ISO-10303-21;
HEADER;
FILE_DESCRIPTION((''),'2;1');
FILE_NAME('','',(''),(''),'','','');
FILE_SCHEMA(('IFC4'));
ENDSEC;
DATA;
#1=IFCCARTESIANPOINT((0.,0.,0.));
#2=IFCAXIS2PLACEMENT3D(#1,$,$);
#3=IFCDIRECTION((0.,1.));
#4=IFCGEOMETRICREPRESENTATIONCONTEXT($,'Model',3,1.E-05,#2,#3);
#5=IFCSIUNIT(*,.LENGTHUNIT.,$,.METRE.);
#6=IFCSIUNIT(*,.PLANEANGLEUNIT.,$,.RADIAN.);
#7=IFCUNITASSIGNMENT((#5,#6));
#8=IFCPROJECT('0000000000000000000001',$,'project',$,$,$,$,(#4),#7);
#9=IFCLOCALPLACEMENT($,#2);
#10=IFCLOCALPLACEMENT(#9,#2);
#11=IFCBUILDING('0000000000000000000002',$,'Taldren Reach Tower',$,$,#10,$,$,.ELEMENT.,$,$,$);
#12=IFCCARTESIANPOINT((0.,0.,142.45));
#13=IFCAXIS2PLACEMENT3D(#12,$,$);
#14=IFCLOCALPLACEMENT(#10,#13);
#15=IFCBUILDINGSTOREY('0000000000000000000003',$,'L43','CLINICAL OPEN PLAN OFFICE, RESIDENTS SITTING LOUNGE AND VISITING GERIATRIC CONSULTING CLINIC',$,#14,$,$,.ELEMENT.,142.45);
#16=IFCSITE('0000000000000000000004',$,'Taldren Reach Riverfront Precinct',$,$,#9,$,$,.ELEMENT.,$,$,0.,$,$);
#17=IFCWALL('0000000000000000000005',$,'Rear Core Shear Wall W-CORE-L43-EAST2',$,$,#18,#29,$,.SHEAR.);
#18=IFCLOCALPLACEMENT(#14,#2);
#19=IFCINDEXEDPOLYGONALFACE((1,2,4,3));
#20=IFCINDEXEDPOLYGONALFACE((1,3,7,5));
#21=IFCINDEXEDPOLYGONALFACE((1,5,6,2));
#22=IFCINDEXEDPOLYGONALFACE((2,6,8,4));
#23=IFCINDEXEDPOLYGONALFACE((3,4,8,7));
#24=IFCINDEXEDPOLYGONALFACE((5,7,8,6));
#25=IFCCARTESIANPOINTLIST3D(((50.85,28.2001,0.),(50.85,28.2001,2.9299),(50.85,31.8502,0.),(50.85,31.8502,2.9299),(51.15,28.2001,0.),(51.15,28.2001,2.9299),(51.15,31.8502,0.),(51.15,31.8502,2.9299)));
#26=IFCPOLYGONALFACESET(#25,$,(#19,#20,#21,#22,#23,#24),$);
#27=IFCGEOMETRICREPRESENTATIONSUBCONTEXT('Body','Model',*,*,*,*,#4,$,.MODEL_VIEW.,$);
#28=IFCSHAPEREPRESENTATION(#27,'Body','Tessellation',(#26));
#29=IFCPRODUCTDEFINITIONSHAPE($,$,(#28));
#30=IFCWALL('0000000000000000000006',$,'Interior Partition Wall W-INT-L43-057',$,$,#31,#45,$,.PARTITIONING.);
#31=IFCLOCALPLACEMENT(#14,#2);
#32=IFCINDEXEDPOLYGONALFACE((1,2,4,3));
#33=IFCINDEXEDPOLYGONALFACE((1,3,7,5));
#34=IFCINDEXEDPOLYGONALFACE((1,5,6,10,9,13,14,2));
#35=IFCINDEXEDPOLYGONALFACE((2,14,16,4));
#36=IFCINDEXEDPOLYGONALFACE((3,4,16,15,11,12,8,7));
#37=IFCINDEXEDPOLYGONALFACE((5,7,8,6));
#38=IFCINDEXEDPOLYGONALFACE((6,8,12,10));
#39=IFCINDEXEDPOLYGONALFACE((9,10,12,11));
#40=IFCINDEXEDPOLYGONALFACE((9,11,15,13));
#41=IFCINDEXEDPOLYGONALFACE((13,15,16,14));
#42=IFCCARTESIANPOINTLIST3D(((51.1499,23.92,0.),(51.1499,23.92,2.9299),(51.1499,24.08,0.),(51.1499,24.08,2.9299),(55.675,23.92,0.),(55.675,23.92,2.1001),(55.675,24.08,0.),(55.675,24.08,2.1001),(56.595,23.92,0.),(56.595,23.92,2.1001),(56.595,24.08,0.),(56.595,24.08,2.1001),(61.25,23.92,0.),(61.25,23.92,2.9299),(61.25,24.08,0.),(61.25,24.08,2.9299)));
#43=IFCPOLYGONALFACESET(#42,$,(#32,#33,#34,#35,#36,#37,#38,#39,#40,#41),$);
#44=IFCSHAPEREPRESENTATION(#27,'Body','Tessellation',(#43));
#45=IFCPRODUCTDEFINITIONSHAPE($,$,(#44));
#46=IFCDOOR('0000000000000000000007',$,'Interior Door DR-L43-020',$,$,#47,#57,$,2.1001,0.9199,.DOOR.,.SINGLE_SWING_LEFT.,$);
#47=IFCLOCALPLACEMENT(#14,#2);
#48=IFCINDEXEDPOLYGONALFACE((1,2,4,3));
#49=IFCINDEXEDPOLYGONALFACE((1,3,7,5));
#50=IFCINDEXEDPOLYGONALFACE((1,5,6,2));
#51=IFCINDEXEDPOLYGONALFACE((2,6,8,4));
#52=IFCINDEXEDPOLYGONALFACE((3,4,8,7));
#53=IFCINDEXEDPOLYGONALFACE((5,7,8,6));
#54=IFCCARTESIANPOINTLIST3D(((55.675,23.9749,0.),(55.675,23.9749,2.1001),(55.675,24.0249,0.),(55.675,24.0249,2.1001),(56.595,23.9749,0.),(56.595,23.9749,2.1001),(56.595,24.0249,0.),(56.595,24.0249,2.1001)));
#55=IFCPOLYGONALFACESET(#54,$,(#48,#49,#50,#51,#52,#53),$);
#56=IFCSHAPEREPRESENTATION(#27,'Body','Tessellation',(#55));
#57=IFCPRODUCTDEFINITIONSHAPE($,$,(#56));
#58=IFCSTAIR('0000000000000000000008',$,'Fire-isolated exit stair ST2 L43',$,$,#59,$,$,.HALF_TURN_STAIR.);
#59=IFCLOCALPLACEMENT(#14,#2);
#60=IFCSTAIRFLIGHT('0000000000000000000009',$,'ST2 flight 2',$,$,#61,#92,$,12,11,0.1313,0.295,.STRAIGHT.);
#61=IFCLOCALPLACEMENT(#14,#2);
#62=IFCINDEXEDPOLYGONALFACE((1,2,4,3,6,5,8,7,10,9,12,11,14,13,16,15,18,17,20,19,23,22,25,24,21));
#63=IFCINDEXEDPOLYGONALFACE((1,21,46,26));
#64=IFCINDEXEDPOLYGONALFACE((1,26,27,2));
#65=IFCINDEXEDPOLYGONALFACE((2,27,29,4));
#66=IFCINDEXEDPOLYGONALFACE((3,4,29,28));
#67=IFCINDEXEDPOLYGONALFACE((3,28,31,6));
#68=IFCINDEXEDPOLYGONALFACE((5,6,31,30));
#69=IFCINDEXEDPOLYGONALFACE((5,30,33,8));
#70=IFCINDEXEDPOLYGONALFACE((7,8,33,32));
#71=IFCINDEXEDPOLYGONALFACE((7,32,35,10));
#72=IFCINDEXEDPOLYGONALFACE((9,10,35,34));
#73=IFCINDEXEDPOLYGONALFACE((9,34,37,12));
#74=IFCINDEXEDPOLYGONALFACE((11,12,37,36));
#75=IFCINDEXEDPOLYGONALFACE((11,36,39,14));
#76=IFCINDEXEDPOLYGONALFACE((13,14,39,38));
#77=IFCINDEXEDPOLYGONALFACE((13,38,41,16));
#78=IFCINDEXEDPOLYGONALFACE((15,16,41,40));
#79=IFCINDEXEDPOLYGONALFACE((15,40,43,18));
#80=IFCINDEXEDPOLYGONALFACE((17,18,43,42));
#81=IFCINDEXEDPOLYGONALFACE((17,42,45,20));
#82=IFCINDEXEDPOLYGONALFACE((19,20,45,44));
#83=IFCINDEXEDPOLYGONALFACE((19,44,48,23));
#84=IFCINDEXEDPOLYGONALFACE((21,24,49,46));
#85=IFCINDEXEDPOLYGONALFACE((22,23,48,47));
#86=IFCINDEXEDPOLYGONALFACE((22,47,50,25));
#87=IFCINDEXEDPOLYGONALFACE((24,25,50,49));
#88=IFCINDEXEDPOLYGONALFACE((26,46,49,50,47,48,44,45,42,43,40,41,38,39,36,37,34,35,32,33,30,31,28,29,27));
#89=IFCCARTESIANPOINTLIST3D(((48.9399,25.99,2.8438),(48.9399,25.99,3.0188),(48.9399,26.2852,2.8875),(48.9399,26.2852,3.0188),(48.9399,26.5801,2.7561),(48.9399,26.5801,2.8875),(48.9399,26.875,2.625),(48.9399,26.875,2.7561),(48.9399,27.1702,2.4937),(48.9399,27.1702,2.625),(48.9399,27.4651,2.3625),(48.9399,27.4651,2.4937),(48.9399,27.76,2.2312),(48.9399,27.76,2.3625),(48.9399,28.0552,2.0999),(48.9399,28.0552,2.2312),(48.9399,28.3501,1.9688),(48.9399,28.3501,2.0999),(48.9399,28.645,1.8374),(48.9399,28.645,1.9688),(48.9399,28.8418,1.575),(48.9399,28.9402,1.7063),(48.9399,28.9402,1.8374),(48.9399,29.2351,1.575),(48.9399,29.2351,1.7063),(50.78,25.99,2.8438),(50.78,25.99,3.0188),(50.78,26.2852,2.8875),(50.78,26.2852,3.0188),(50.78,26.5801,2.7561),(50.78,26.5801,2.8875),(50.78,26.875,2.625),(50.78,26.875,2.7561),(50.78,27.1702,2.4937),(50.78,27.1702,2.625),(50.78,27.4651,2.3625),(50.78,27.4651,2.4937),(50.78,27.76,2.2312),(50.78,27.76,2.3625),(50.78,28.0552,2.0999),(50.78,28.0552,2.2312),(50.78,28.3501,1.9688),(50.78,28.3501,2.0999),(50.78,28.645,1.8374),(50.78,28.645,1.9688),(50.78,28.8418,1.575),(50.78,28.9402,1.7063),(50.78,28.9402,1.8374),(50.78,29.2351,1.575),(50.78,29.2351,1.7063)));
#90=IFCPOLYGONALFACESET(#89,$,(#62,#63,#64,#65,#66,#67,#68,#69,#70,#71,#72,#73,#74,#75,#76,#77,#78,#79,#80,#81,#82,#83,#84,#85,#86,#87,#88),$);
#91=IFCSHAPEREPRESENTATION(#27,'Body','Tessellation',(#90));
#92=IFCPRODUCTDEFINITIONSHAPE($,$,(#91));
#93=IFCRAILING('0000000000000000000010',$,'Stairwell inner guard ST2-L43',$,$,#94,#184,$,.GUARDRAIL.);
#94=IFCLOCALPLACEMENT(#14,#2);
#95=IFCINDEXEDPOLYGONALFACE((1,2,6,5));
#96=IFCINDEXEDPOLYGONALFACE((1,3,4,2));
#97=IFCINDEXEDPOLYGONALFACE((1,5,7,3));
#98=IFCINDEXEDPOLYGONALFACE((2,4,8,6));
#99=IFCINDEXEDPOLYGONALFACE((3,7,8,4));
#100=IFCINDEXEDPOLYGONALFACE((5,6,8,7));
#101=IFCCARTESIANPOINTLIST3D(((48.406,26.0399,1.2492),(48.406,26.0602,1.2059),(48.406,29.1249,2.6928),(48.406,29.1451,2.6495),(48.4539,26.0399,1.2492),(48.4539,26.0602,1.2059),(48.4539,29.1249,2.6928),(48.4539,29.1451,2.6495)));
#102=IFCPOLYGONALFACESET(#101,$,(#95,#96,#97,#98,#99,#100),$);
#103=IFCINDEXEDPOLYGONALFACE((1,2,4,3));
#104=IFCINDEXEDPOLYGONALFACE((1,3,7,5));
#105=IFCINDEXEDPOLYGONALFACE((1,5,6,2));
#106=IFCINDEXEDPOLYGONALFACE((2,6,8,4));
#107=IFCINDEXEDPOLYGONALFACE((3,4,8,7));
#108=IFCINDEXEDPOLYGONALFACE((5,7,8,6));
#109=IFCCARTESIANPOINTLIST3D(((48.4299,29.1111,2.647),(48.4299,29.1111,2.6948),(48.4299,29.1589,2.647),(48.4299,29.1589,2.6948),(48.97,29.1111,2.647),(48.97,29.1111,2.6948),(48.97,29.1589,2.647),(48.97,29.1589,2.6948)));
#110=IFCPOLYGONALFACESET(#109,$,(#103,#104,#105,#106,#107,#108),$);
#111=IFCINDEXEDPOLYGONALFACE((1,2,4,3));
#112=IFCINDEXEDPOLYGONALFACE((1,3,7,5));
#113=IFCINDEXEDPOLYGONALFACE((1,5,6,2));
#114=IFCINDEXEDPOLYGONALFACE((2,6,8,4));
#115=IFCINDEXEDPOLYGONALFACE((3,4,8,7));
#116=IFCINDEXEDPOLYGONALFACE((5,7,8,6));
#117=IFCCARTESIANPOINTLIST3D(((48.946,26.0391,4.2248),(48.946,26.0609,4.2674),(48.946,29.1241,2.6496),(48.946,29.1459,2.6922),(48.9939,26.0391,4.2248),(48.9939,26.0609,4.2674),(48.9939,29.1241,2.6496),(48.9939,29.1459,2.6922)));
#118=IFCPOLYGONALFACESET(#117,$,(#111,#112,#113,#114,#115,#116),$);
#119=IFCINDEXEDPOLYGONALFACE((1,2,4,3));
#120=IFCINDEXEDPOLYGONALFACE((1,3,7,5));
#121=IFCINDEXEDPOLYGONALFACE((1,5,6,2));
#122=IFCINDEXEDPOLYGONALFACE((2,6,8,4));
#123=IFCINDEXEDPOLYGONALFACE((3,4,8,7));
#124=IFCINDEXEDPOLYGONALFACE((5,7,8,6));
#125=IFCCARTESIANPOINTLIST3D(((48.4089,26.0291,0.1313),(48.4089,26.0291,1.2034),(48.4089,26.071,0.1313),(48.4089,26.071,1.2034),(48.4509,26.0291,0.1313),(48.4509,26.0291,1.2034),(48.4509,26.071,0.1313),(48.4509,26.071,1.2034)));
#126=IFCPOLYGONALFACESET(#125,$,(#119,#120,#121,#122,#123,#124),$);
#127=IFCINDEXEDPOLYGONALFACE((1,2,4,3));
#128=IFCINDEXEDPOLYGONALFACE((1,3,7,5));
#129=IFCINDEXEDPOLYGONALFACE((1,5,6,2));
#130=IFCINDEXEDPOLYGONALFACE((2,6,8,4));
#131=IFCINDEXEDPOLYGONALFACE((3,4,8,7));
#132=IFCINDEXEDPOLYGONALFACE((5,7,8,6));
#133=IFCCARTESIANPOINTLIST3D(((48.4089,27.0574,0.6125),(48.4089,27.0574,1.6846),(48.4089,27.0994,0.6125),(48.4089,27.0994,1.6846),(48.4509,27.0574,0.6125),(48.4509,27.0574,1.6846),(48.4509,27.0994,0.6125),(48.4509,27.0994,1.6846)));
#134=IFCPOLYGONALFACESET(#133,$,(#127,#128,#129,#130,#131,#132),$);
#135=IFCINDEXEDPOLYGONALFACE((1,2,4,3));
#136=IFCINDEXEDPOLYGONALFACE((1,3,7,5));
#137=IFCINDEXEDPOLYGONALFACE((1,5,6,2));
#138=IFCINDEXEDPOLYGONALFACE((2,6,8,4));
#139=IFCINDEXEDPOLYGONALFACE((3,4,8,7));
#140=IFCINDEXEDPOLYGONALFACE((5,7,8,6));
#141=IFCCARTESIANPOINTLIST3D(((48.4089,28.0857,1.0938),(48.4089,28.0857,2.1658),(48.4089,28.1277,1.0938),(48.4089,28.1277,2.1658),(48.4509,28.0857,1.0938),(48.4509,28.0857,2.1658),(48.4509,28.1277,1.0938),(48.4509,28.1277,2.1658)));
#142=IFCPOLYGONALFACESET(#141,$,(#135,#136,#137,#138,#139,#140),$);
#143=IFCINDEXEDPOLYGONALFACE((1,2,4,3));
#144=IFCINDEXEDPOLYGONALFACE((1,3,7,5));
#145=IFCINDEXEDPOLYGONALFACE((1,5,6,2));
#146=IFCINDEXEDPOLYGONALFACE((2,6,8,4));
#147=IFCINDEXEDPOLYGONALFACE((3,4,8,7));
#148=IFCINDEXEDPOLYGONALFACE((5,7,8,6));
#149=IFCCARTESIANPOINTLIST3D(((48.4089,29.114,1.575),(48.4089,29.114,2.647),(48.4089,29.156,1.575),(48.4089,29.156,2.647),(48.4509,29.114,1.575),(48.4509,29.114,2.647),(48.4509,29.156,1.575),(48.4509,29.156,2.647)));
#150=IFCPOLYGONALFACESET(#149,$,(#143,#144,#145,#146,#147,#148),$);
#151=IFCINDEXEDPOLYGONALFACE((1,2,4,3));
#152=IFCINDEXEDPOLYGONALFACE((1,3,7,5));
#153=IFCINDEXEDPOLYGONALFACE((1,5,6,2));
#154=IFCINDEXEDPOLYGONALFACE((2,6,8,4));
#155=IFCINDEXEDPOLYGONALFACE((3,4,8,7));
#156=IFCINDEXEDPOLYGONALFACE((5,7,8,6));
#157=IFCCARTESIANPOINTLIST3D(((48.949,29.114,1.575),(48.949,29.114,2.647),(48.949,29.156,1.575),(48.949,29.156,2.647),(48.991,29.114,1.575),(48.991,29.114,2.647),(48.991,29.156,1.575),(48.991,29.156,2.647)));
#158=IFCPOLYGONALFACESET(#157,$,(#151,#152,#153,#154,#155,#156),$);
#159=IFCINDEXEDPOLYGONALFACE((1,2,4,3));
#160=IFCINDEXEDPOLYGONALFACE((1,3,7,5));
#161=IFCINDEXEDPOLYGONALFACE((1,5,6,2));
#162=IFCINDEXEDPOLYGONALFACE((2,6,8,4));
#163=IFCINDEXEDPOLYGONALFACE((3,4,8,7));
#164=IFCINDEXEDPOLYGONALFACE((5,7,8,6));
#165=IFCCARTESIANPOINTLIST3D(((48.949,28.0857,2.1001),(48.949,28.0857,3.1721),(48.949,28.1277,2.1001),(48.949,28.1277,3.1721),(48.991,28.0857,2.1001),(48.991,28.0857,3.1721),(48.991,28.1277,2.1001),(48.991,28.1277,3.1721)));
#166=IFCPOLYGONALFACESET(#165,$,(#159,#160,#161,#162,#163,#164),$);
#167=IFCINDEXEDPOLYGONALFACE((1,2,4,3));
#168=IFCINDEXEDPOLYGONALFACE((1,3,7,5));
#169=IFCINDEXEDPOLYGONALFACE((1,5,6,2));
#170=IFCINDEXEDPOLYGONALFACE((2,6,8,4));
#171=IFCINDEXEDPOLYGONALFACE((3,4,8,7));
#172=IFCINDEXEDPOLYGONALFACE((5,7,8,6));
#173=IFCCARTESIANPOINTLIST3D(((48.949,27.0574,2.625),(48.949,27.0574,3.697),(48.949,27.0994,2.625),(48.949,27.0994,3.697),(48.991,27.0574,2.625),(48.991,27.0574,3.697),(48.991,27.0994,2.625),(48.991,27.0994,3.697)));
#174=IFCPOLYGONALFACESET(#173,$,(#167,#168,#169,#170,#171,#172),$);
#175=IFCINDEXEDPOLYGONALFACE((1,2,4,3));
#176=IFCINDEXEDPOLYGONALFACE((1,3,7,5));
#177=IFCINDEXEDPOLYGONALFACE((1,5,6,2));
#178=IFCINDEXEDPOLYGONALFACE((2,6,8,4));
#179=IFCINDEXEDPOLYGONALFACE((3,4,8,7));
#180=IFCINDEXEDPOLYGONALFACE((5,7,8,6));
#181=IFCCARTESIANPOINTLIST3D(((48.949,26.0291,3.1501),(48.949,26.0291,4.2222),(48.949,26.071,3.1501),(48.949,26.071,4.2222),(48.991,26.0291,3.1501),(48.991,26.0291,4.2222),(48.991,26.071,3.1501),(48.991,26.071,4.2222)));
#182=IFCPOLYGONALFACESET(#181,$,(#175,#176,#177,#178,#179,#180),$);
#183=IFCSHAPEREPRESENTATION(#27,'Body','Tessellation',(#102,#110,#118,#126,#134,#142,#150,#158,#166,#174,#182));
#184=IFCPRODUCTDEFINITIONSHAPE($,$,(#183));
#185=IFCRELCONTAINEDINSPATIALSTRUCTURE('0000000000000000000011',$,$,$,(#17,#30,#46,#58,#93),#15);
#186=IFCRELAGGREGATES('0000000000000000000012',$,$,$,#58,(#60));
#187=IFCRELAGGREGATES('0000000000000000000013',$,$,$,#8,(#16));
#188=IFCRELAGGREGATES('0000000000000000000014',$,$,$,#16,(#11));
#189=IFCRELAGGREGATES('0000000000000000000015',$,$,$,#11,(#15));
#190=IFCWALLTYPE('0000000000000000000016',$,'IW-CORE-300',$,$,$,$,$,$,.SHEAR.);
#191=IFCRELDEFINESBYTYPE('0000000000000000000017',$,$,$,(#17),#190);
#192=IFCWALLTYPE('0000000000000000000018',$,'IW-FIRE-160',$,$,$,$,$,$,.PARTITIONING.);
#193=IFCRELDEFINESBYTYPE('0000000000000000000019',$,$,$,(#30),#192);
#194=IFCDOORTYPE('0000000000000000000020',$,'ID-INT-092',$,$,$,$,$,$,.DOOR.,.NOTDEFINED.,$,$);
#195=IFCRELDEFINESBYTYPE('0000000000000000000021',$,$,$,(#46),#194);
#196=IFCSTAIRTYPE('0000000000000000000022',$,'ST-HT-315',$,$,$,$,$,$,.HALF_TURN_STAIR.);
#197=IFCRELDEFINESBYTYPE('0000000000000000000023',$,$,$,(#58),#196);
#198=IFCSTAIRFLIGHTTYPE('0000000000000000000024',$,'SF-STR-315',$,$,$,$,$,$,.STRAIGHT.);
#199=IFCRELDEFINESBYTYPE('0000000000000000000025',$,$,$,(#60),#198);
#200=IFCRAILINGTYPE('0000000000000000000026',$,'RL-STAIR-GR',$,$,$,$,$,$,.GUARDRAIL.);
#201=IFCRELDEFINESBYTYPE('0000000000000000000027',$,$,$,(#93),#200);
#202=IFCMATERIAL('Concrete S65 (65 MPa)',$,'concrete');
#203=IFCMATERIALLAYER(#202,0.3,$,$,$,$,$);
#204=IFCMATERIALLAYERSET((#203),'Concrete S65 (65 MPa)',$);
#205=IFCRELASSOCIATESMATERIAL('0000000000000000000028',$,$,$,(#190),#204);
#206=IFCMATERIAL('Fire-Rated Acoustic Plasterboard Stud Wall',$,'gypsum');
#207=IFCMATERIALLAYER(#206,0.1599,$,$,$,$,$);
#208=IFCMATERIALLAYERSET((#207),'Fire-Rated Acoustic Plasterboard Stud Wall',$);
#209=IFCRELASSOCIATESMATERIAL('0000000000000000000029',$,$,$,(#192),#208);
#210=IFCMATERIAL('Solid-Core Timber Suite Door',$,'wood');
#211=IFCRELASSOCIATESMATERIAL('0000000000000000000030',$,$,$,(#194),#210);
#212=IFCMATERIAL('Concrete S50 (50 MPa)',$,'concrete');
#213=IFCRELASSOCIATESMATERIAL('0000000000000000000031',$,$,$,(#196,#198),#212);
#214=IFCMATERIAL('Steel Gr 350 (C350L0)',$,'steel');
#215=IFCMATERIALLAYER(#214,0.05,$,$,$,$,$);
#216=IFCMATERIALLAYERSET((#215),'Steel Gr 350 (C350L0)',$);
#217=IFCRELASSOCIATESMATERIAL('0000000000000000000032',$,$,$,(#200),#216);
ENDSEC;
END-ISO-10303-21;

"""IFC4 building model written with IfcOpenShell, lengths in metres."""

from ifc_helpers import new_model, si_unit, direction, frame, frame_2d, origin, origin_2d, place, context, subcontext, project, spatial, polyline, rectangle, outline, extrude, source, transform, mapped, material, layer, layer_set, type_object, element, fill, aggregate, save


model = new_model("IFC4")

# Units and contexts
model_context = context("Model", 3, precision=1e-05, world=origin(), true_north=direction((0.0, 1.0)))
body_context = subcontext(model_context, "Body", "Model", "MODEL_VIEW")
ifc_project = project(units=[si_unit("LENGTHUNIT", "METRE"), si_unit("PLANEANGLEUNIT", "RADIAN")], contexts=[model_context])

# Site, building, storey
site_placement = place(None, origin())
site = spatial("IfcSite", under=ifc_project, at=site_placement, Name="Taldren Reach Riverfront Precinct", CompositionType="ELEMENT", RefElevation=0.0)
building_placement = place(site_placement, origin())
building = spatial("IfcBuilding", under=site, at=building_placement, Name="Taldren Reach Tower", CompositionType="ELEMENT")
storey_placement = place(building_placement, frame((0.0, 0.0, 142.45)))
storey = spatial("IfcBuildingStorey", under=building, at=storey_placement, Name="L43", Description="CLINICAL OPEN PLAN OFFICE, RESIDENTS SITTING LOUNGE AND VISITING GERIATRIC CONSULTING CLINIC", CompositionType="ELEMENT", Elevation=142.45)

# Shared definitions
ifc_material_1 = material(Name="Steel Gr 350 (C350L0)", Category="steel")

# Wall
ifc_material_2 = material(Name="Concrete S65 (65 MPa)", Category="concrete")
ifc_layer_1 = layer(ifc_material_2, 0.3)
ifc_layer_set_1 = layer_set([ifc_layer_1], Name="Concrete S65 (65 MPa)")
wall_type_1 = type_object("IfcWallType", Name="IW-CORE-300", PredefinedType="SHEAR", material=ifc_layer_set_1)
shared_shape_1 = source(origin(), body_context, "Body", "SweptSolid", [
    extrude(rectangle(XDim=3.6501, YDim=0.3, at=frame_2d((1.8252, 0.0))), origin(), (0.0, 0.0, 1.0), 2.9299),
])
wall_1_placement = place(storey_placement, frame((51.0, 28.2, 0.0), z_axis=(0.0, 0.0, 1.0), x_axis=(0.0, 1.0, 0.0)))
element("IfcWall", 1, at=wall_1_placement, inside=storey, type_object=wall_type_1, Name="Rear Core Shear Wall W-CORE-L43-EAST2", PredefinedType="SHEAR", context=body_context, shape_type="MappedRepresentation", body=[
    mapped(shared_shape_1, transform((0.0, 0.0, 0.0), scale=1.0)),
])

# Wall, opening, door
ifc_material_3 = material(Name="Fire-Rated Acoustic Plasterboard Stud Wall", Category="gypsum")
ifc_layer_2 = layer(ifc_material_3, 0.1599)
ifc_layer_set_2 = layer_set([ifc_layer_2], Name="Fire-Rated Acoustic Plasterboard Stud Wall")
wall_type_2 = type_object("IfcWallType", Name="IW-FIRE-160", PredefinedType="PARTITIONING", material=ifc_layer_set_2)
shared_shape_2 = source(origin(), body_context, "Body", "SweptSolid", [
    extrude(rectangle(XDim=10.1001, YDim=0.1599, at=frame_2d((5.05, 0.0))), origin(), (0.0, 0.0, 1.0), 2.9299),
])
wall_2_placement = place(storey_placement, frame((51.1499, 24.0, 0.0), z_axis=(0.0, 0.0, 1.0), x_axis=(1.0, 0.0, 0.0)))
wall_2 = element("IfcWall", 2, at=wall_2_placement, inside=storey, type_object=wall_type_2, Name="Interior Partition Wall W-INT-L43-057", PredefinedType="PARTITIONING", context=body_context, shape_type="MappedRepresentation", body=[
    mapped(shared_shape_2, transform((0.0, 0.0, 0.0), scale=1.0)),
])
shared_shape_3 = source(origin(), body_context, "Body", "SweptSolid", [
    extrude(rectangle(XDim=0.9199, YDim=2.1001, at=frame_2d((0.46, 1.05))), frame((0.0, 0.0898, 0.0), z_axis=(0.0, -1.0, 0.0), x_axis=(1.0, 0.0, 0.0)), (0.0, 0.0, 1.0), 0.1799),
])
opening_placement = place(wall_2_placement, frame((4.5251, 0.0, 0.0)))
opening = element("IfcOpeningElement", 3, at=opening_placement, cuts=wall_2, PredefinedType="OPENING", context=body_context, shape_type="MappedRepresentation", body=[
    mapped(shared_shape_3, transform((0.0, 0.0, 0.0), scale=1.0)),
])
ifc_material_4 = material(Name="Solid-Core Timber Suite Door", Category="wood")
door_type = type_object("IfcDoorType", Name="ID-INT-092", OperationType="NOTDEFINED", PredefinedType="DOOR", material=ifc_material_4)
shared_shape_4 = source(origin(), body_context, "Body", "SweptSolid", [
    extrude(rectangle(XDim=0.9199, YDim=2.1001, at=frame_2d((0.46, 1.05))), frame((0.0, 0.0249, 0.0), z_axis=(0.0, -1.0, 0.0), x_axis=(1.0, 0.0, 0.0)), (0.0, 0.0, 1.0), 0.05),
])
door_placement = place(opening_placement, origin())
door = element("IfcDoor", 4, at=door_placement, inside=storey, type_object=door_type, Name="Interior Door DR-L43-020", OperationType="SINGLE_SWING_LEFT", OverallHeight=2.1001, OverallWidth=0.9199, PredefinedType="DOOR", context=body_context, shape_type="MappedRepresentation", body=[
    mapped(shared_shape_4, transform((0.0, 0.0, 0.0), scale=1.0)),
])
fill(opening, door)

# Stair, stair flight
ifc_material_5 = material(Name="Concrete S50 (50 MPa)", Category="concrete")
stair_type = type_object("IfcStairType", Name="ST-HT-315", PredefinedType="HALF_TURN_STAIR", material=ifc_material_5)
stair_placement = place(storey_placement, origin())
stair = element("IfcStair", 5, at=stair_placement, inside=storey, type_object=stair_type, Name="Fire-isolated exit stair ST2 L43", PredefinedType="HALF_TURN_STAIR")
stair_flight_type = type_object("IfcStairFlightType", Name="SF-STR-315", PredefinedType="STRAIGHT", material=ifc_material_5)
stair_flight_placement = place(storey_placement, frame((49.8601, 29.2351, 1.575), z_axis=(0.0, 0.0, 1.0), x_axis=(0.0, -1.0, 0.0)))
stair_flight = element("IfcStairFlight", 6, at=stair_flight_placement, type_object=stair_flight_type, Name="ST2 flight 2", NumberOfRisers=12, NumberOfTreads=11, PredefinedType="STRAIGHT", RiserHeight=0.1313, TreadLength=0.295, context=body_context, shape_type="SweptSolid", body=[
    extrude(outline(polyline([(0.0, 0.0), (0.0, 0.1313), (0.2949, 0.1313), (0.2949, 0.2625), (0.5901, 0.2625), (0.5901, 0.3938), (0.885, 0.3938), (0.885, 0.5249), (1.1799, 0.5249), (1.1799, 0.6562), (1.4751, 0.6562), (1.4751, 0.7876), (1.77, 0.7876), (1.77, 0.9187), (2.0649, 0.9187), (2.0649, 1.05), (2.3601, 1.05), (2.3601, 1.1812), (2.655, 1.1812), (2.655, 1.3125), (2.95, 1.3125), (2.95, 1.4438), (3.2451, 1.4438), (3.2451, 1.575), (3.2451, 1.2688), (0.3933, 0.0), (0.0, 0.0)])), frame((0.0, 0.9199, 0.0), z_axis=(0.0, -1.0, 0.0), x_axis=(1.0, 0.0, 0.0)), (0.0, 0.0, 1.0), 1.8401),
])
aggregate(stair, [stair_flight])

# Railing
ifc_layer_3 = layer(ifc_material_1, 0.05)
ifc_layer_set_3 = layer_set([ifc_layer_3], Name="Steel Gr 350 (C350L0)")
railing_type_1 = type_object("IfcRailingType", Name="RL-STAIR-GR", PredefinedType="GUARDRAIL", material=ifc_layer_set_3)
railing_1_placement = place(storey_placement, frame((48.4299, 26.05, 0.1313)))
element("IfcRailing", 7, at=railing_1_placement, inside=storey, type_object=railing_type_1, Name="Stairwell inner guard ST2-L43", PredefinedType="GUARDRAIL", context=body_context, shape_type="SweptSolid", body=[
    extrude(rectangle(XDim=0.0479, YDim=0.0479, at=origin_2d()), frame((0.0, 0.0, 1.0962), z_axis=(0.0, 0.905738, 0.423839), x_axis=(-1.0, 0.0, 0.0)), (0.0, 0.0, 1.0), 3.406),
    extrude(rectangle(XDim=0.0479, YDim=0.0479, at=origin_2d()), frame((0.0, 3.085, 2.5396), z_axis=(1.0, 0.0, 0.0), x_axis=(0.0, 1.0, 0.0)), (0.0, 0.0, 1.0), 0.54),
    extrude(rectangle(XDim=0.0479, YDim=0.0479, at=origin_2d()), frame((0.54, 3.085, 2.5396), z_axis=(0.0, -0.890617, 0.454753), x_axis=(1.0, 0.0, 0.0)), (0.0, 0.0, 1.0), 3.4639),
    extrude(rectangle(XDim=0.042, YDim=0.042, at=origin_2d()), origin(), (0.0, 0.0, 1.0), 1.072),
    extrude(rectangle(XDim=0.042, YDim=0.042, at=origin_2d()), frame((0.0, 1.0283, 0.4812)), (0.0, 0.0, 1.0), 1.072),
    extrude(rectangle(XDim=0.042, YDim=0.042, at=origin_2d()), frame((0.0, 2.0566, 0.9624)), (0.0, 0.0, 1.0), 1.072),
    extrude(rectangle(XDim=0.042, YDim=0.042, at=origin_2d()), frame((0.0, 3.085, 1.4436)), (0.0, 0.0, 1.0), 1.072),
    extrude(rectangle(XDim=0.042, YDim=0.042, at=origin_2d()), frame((0.54, 3.085, 1.4436)), (0.0, 0.0, 1.0), 1.072),
    extrude(rectangle(XDim=0.042, YDim=0.042, at=origin_2d()), frame((0.54, 2.0566, 1.9688)), (0.0, 0.0, 1.0), 1.072),
    extrude(rectangle(XDim=0.042, YDim=0.042, at=origin_2d()), frame((0.54, 1.0283, 2.4937)), (0.0, 0.0, 1.0), 1.072),
    extrude(rectangle(XDim=0.042, YDim=0.042, at=origin_2d()), frame((0.54, 0.0, 3.0188)), (0.0, 0.0, 1.0), 1.072),
])

save(model, "model.ifc")
